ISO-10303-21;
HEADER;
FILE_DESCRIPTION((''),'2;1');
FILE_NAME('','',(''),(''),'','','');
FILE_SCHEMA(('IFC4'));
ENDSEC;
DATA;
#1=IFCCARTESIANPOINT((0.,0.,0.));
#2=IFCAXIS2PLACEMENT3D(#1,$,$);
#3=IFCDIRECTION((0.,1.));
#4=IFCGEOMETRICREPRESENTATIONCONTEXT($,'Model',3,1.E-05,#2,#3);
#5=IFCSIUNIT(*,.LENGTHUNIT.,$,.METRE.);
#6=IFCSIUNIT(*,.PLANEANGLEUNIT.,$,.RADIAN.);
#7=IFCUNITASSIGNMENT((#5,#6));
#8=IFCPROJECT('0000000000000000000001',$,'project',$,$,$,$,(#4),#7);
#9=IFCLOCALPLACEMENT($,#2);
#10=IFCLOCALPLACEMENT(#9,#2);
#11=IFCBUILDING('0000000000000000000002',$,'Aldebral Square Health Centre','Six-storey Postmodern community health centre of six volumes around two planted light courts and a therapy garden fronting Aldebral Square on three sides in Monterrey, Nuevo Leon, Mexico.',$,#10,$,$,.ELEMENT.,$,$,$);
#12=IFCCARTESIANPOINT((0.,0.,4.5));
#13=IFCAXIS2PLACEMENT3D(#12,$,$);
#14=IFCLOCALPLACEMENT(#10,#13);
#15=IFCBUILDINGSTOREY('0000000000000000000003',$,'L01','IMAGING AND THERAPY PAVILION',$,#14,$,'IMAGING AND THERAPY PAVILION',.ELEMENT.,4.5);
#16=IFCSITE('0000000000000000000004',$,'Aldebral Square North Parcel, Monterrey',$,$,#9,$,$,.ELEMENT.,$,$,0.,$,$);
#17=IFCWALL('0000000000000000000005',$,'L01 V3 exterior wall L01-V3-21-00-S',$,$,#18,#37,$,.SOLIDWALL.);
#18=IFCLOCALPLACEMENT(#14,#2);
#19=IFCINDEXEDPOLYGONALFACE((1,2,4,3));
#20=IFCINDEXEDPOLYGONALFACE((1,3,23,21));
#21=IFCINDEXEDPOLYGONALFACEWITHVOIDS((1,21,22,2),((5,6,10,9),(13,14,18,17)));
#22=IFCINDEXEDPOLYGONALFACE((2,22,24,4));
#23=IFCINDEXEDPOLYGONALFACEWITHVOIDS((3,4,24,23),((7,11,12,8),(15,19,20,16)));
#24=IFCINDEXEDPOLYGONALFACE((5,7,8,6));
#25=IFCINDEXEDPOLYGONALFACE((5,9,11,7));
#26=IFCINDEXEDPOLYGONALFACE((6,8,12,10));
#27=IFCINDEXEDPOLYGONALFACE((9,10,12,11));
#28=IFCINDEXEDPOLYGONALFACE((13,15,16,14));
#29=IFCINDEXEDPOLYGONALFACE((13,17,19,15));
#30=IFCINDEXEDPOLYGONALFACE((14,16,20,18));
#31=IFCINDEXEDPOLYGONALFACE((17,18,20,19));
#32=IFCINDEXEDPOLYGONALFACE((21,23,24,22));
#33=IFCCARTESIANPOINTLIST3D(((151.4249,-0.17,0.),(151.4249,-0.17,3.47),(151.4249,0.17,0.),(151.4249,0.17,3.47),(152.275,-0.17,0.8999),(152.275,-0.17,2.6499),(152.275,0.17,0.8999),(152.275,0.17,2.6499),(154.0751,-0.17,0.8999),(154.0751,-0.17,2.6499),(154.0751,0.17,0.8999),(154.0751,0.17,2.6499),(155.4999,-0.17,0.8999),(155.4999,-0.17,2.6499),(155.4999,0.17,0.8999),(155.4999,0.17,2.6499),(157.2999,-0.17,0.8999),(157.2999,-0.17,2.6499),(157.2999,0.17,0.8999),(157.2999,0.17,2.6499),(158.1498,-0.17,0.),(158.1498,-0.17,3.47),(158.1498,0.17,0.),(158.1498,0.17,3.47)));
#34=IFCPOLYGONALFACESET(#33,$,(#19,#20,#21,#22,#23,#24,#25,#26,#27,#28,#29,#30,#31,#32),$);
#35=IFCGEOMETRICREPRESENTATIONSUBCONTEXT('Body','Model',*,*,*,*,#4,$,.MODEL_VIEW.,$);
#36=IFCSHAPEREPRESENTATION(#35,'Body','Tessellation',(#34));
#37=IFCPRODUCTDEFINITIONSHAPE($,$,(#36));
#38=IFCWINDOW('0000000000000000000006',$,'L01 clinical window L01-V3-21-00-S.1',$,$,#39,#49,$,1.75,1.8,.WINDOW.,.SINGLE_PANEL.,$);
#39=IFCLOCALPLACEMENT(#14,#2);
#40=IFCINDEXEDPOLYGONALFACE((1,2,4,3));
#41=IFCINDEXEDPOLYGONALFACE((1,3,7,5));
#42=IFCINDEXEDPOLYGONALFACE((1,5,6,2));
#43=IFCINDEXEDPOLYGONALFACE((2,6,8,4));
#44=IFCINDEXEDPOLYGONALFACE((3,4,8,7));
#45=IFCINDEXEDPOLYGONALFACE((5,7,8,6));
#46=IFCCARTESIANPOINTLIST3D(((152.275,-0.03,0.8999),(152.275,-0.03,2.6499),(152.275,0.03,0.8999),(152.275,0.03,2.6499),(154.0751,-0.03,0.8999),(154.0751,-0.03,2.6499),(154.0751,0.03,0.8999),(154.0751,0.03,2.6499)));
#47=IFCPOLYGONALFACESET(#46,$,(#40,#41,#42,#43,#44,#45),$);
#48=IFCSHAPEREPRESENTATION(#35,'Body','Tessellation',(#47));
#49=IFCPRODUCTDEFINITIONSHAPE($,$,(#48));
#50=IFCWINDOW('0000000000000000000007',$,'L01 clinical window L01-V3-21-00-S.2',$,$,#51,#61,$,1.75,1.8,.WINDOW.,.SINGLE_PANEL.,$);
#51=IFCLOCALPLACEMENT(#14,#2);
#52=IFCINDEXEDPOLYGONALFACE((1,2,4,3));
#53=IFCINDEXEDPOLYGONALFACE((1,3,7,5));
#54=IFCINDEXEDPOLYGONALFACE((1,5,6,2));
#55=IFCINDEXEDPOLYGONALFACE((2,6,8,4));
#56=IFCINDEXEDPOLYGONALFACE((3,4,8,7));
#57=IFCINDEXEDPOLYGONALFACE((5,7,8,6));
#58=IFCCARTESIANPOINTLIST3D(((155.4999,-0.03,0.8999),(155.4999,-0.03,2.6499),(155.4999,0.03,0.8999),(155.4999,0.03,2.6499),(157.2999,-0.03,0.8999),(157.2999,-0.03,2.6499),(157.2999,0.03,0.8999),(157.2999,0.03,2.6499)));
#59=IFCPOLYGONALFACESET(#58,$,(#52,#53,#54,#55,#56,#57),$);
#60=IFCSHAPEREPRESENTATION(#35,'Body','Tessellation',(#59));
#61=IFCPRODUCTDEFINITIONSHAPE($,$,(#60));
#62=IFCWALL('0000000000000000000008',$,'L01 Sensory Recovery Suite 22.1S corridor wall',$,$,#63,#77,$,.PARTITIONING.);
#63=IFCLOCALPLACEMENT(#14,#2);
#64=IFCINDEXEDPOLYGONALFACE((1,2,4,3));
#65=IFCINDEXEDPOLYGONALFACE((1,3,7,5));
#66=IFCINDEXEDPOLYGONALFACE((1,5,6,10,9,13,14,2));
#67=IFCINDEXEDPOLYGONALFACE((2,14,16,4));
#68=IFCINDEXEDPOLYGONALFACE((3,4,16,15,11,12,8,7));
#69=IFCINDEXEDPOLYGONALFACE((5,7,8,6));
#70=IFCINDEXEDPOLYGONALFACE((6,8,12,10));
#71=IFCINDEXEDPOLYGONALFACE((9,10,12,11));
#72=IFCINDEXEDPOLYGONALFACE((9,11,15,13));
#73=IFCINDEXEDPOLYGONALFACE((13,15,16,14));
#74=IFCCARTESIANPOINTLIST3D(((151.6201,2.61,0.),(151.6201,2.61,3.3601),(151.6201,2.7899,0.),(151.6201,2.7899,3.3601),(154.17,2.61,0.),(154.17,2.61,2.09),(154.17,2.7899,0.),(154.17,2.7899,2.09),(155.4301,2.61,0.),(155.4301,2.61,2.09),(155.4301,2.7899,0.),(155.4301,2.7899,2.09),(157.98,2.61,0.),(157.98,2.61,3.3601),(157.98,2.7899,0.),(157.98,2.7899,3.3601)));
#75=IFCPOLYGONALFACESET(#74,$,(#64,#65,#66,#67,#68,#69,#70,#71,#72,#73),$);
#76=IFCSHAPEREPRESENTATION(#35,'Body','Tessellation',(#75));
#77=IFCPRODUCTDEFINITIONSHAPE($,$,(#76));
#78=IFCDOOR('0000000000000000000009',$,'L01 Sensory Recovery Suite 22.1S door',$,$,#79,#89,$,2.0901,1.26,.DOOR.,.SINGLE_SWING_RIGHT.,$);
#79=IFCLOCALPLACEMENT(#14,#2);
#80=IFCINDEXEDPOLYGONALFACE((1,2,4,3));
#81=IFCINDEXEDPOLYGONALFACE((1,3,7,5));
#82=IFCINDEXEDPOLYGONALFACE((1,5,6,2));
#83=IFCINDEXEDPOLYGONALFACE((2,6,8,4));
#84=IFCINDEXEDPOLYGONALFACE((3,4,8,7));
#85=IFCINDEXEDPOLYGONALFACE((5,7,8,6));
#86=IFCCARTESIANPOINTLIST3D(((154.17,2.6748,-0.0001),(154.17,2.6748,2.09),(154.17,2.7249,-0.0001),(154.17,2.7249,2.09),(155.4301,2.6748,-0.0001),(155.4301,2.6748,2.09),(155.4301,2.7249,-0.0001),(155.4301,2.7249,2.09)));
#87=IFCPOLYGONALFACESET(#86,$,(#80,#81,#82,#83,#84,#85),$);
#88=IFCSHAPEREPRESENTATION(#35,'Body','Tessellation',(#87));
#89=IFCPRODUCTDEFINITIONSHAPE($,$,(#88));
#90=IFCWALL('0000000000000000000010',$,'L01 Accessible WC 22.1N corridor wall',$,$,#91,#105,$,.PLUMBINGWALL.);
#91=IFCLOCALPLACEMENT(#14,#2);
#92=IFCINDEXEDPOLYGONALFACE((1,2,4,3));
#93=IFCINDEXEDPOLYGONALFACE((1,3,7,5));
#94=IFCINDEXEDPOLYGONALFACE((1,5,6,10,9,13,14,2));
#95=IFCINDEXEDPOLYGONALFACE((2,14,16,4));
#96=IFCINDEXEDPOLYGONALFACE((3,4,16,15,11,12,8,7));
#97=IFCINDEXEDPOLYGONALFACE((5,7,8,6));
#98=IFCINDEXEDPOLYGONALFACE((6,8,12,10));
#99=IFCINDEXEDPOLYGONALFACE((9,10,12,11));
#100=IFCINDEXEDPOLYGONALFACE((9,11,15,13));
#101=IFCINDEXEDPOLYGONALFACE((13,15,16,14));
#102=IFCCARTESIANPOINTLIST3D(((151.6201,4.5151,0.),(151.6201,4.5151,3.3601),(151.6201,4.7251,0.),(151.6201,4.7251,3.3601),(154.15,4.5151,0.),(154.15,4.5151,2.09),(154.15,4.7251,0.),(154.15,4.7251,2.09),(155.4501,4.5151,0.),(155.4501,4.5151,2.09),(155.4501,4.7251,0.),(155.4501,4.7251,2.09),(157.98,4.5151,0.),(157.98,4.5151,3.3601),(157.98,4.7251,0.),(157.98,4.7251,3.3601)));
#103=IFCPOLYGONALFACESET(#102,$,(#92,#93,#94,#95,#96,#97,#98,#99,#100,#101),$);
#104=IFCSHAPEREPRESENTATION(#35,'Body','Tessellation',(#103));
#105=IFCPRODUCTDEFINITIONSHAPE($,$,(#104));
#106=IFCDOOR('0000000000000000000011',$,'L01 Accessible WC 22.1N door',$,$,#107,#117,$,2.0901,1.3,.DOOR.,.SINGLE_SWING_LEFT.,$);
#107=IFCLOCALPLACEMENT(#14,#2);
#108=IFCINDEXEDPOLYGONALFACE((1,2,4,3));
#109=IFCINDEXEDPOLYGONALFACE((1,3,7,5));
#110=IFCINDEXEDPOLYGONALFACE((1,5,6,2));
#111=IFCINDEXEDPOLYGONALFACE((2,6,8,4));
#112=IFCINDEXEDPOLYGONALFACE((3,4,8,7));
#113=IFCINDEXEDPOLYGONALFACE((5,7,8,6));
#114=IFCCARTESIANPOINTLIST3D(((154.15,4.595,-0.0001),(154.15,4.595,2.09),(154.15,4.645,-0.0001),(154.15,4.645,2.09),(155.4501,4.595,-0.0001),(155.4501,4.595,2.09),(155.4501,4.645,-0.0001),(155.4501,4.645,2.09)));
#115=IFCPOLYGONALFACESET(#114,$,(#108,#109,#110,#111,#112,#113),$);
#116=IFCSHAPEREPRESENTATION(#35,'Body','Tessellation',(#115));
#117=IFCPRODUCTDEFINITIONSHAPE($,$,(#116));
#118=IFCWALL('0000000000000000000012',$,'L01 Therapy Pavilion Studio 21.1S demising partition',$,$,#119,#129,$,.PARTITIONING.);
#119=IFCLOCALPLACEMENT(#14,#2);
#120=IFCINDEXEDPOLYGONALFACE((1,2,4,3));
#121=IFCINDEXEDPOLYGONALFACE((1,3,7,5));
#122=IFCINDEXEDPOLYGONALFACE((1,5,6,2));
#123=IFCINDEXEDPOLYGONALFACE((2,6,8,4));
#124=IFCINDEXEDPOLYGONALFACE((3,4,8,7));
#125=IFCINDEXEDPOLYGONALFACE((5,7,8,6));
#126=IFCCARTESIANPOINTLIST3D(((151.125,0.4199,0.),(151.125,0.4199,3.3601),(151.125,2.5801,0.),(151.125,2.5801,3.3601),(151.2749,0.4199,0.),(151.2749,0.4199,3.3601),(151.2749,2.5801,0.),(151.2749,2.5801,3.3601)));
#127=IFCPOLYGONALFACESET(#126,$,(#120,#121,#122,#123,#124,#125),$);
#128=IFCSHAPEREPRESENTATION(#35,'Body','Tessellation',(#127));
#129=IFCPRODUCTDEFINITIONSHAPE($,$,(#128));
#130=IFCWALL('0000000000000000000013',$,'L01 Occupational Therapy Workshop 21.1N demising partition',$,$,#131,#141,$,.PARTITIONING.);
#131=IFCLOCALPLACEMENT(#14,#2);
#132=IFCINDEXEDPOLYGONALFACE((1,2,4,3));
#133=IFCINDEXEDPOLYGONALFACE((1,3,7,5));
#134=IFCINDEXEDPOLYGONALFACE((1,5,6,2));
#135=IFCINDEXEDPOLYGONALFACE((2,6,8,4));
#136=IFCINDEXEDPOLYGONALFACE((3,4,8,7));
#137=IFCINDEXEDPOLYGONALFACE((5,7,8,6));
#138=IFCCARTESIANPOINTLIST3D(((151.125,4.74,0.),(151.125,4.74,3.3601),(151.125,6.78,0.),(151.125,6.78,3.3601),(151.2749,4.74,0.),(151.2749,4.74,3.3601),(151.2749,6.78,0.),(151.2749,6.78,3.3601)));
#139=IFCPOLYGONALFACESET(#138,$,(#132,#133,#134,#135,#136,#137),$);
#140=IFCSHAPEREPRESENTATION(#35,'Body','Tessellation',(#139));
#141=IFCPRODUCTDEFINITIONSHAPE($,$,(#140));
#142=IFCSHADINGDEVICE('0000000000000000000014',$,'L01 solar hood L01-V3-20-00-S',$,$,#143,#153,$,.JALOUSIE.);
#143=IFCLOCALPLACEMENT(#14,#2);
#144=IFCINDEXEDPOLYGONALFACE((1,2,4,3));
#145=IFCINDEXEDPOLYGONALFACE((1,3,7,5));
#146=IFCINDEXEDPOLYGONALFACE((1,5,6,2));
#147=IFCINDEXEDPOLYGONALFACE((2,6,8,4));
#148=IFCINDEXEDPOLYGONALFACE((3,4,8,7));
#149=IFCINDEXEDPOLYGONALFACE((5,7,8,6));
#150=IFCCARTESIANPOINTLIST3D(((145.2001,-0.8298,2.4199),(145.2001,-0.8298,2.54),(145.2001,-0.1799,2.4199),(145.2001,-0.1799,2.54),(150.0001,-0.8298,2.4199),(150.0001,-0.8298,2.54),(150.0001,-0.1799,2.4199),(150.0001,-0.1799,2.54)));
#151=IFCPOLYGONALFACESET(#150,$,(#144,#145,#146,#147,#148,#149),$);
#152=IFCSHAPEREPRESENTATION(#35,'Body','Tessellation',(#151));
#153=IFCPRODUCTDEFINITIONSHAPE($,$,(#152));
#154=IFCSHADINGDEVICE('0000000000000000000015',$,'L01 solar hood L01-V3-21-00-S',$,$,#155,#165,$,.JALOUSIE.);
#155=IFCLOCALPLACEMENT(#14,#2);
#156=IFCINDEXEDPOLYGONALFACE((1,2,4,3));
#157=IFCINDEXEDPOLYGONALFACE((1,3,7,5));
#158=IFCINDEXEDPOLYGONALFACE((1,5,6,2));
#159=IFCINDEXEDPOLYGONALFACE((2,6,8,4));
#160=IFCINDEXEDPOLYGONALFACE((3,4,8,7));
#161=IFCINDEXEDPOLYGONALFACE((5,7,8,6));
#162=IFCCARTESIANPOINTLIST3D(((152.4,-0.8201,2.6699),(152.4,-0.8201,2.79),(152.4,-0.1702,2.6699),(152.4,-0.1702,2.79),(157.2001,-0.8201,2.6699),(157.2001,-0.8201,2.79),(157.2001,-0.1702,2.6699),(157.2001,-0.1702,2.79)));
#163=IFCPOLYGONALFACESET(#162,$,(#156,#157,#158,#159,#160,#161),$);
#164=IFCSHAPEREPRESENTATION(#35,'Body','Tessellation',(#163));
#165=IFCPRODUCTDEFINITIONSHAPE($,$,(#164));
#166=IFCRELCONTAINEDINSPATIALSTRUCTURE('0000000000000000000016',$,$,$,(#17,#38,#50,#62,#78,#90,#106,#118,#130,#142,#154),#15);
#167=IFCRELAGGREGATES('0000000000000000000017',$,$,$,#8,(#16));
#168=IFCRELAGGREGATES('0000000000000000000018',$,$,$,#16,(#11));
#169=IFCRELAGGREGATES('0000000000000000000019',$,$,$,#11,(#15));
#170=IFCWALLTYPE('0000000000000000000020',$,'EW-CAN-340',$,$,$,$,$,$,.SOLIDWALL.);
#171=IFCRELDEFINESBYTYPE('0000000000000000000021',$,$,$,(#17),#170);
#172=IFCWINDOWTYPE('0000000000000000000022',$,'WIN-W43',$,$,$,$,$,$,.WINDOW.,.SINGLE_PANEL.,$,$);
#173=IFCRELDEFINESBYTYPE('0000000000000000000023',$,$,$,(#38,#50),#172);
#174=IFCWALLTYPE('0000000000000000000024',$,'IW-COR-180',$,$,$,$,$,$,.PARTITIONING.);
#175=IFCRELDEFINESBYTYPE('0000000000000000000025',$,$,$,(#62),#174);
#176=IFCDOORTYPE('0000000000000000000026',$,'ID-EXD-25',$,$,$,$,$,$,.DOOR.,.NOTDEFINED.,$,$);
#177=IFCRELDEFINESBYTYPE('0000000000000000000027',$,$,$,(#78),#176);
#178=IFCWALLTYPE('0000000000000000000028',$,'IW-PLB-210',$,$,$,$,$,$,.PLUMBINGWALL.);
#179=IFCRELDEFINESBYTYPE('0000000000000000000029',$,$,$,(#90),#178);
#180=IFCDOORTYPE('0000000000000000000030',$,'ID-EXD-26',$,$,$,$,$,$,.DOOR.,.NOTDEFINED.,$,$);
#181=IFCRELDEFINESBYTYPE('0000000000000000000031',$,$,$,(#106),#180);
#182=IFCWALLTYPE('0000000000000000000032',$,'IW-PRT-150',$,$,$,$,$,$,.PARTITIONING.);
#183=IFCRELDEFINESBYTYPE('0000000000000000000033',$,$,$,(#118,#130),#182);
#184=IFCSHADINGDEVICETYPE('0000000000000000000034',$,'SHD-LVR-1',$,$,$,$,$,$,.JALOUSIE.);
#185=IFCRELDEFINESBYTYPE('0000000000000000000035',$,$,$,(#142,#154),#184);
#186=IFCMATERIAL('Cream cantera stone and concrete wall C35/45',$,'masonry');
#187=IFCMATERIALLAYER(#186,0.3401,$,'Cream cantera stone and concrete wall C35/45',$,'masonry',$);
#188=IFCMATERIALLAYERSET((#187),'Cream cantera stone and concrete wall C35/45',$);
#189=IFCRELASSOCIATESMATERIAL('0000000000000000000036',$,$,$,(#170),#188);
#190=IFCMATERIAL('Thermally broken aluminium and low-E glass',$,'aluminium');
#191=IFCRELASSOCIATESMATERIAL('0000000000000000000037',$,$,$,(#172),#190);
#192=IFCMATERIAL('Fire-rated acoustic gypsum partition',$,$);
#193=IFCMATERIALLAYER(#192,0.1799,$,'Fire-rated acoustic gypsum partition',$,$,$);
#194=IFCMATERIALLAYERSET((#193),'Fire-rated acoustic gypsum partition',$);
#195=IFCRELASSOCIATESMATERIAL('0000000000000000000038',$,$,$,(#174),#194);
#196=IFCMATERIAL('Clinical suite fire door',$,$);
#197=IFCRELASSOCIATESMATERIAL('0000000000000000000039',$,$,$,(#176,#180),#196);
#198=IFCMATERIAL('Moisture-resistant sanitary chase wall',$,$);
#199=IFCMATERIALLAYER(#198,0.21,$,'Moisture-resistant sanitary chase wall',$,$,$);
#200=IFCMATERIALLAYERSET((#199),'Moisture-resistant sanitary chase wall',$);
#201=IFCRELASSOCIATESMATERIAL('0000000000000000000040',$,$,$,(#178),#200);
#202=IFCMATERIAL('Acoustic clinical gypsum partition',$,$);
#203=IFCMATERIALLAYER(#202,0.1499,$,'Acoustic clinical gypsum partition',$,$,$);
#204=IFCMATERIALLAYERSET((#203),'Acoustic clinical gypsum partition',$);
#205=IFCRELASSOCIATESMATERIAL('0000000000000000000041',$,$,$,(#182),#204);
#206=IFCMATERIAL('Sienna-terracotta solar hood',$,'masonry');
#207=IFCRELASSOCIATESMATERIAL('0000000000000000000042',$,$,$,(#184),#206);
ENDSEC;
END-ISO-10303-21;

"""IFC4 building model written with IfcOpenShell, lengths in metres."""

from ifc_helpers import new_model, si_unit, direction, frame, frame_2d, origin, origin_2d, place, context, subcontext, project, spatial, rectangle, extrude, material, layer, layer_set, type_object, element, fill, save


model = new_model("IFC4")

# Units and contexts
model_context = context("Model", 3, precision=1e-05, world=origin(), true_north=direction((0.0, 1.0)))
body_context = subcontext(model_context, "Body", "Model", "MODEL_VIEW")
ifc_project = project(units=[si_unit("LENGTHUNIT", "METRE"), si_unit("PLANEANGLEUNIT", "RADIAN")], contexts=[model_context])

# Site, building, storey
site_placement = place(None, origin())
site = spatial("IfcSite", under=ifc_project, at=site_placement, Name="Aldebral Square North Parcel, Monterrey", CompositionType="ELEMENT", RefElevation=0.0)
building_placement = place(site_placement, origin())
building = spatial("IfcBuilding", under=site, at=building_placement, Name="Aldebral Square Health Centre", Description="Six-storey Postmodern community health centre of six volumes around two planted light courts and a therapy garden fronting Aldebral Square on three sides in Monterrey, Nuevo Leon, Mexico.", CompositionType="ELEMENT")
storey_placement = place(building_placement, frame((0.0, 0.0, 4.5)))
storey = spatial("IfcBuildingStorey", under=building, at=storey_placement, Name="L01", Description="IMAGING AND THERAPY PAVILION", LongName="IMAGING AND THERAPY PAVILION", CompositionType="ELEMENT", Elevation=4.5)

# Wall, openings, windows
ifc_material_1 = material(Name="Cream cantera stone and concrete wall C35/45", Category="masonry")
ifc_layer_1 = layer(ifc_material_1, 0.3401, Name="Cream cantera stone and concrete wall C35/45", Category="masonry")
ifc_layer_set_1 = layer_set([ifc_layer_1], Name="Cream cantera stone and concrete wall C35/45")
wall_type_1 = type_object("IfcWallType", Name="EW-CAN-340", PredefinedType="SOLIDWALL", material=ifc_layer_set_1)
wall_1_placement = place(storey_placement, frame((151.425, 0.0, 0.0), z_axis=(0.0, 0.0, 1.0), x_axis=(1.0, 0.0, 0.0)))
wall_1 = element("IfcWall", 1, at=wall_1_placement, inside=storey, type_object=wall_type_1, Name="L01 V3 exterior wall L01-V3-21-00-S", PredefinedType="SOLIDWALL", context=body_context, shape_type="SweptSolid", body=[
    extrude(rectangle(XDim=6.7249, YDim=0.3401, at=frame_2d((3.3623, 0.0))), origin(), (0.0, 0.0, 1.0), 3.47),
])
opening_1_placement = place(wall_1_placement, frame((0.8501, 0.0, 0.8999)))
opening_1 = element("IfcOpeningElement", 2, at=opening_1_placement, cuts=wall_1, PredefinedType="OPENING", context=body_context, shape_type="SweptSolid", body=[
    extrude(rectangle(XDim=1.8, YDim=1.75, at=frame_2d((0.8999, 0.875))), frame((0.0, 0.1802, 0.0), z_axis=(0.0, -1.0, 0.0), x_axis=(1.0, 0.0, 0.0)), (0.0, 0.0, 1.0), 0.3601),
])
opening_2_placement = place(wall_1_placement, frame((4.075, 0.0, 0.8999)))
opening_2 = element("IfcOpeningElement", 3, at=opening_2_placement, cuts=wall_1, PredefinedType="OPENING", context=body_context, shape_type="SweptSolid", body=[
    extrude(rectangle(XDim=1.8, YDim=1.75, at=frame_2d((0.8999, 0.875))), frame((0.0, 0.1802, 0.0), z_axis=(0.0, -1.0, 0.0), x_axis=(1.0, 0.0, 0.0)), (0.0, 0.0, 1.0), 0.3601),
])
ifc_material_2 = material(Name="Thermally broken aluminium and low-E glass", Category="aluminium")
window_type = type_object("IfcWindowType", Name="WIN-W43", PartitioningType="SINGLE_PANEL", PredefinedType="WINDOW", material=ifc_material_2)
window_1_placement = place(opening_1_placement, origin())
window_1 = element("IfcWindow", 4, at=window_1_placement, inside=storey, type_object=window_type, Name="L01 clinical window L01-V3-21-00-S.1", OverallHeight=1.75, OverallWidth=1.8, PartitioningType="SINGLE_PANEL", PredefinedType="WINDOW", context=body_context, shape_type="SweptSolid", body=[
    extrude(rectangle(XDim=1.8, YDim=1.75, at=frame_2d((0.8999, 0.875))), frame((0.0, 0.03, 0.0), z_axis=(0.0, -1.0, 0.0), x_axis=(1.0, 0.0, 0.0)), (0.0, 0.0, 1.0), 0.0601),
])
fill(opening_1, window_1)
window_2_placement = place(opening_2_placement, origin())
window_2 = element("IfcWindow", 5, at=window_2_placement, inside=storey, type_object=window_type, Name="L01 clinical window L01-V3-21-00-S.2", OverallHeight=1.75, OverallWidth=1.8, PartitioningType="SINGLE_PANEL", PredefinedType="WINDOW", context=body_context, shape_type="SweptSolid", body=[
    extrude(rectangle(XDim=1.8, YDim=1.75, at=frame_2d((0.8999, 0.875))), frame((0.0, 0.03, 0.0), z_axis=(0.0, -1.0, 0.0), x_axis=(1.0, 0.0, 0.0)), (0.0, 0.0, 1.0), 0.0601),
])
fill(opening_2, window_2)

# Walls, openings, doors
ifc_material_3 = material(Name="Fire-rated acoustic gypsum partition")
ifc_layer_2 = layer(ifc_material_3, 0.1799, Name="Fire-rated acoustic gypsum partition")
ifc_layer_set_2 = layer_set([ifc_layer_2], Name="Fire-rated acoustic gypsum partition")
wall_type_2 = type_object("IfcWallType", Name="IW-COR-180", PredefinedType="PARTITIONING", material=ifc_layer_set_2)
wall_2_placement = place(storey_placement, frame((151.6201, 2.7, 0.0), z_axis=(0.0, 0.0, 1.0), x_axis=(1.0, 0.0, 0.0)))
wall_2 = element("IfcWall", 6, at=wall_2_placement, inside=storey, type_object=wall_type_2, Name="L01 Sensory Recovery Suite 22.1S corridor wall", PredefinedType="PARTITIONING", context=body_context, shape_type="SweptSolid", body=[
    extrude(rectangle(XDim=6.3599, YDim=0.1799, at=frame_2d((3.1799, 0.0))), origin(), (0.0, 0.0, 1.0), 3.3601),
])
opening_3_placement = place(wall_2_placement, frame((2.55, 0.0, 0.0)))
opening_3 = element("IfcOpeningElement", 7, at=opening_3_placement, cuts=wall_2, PredefinedType="OPENING", context=body_context, shape_type="SweptSolid", body=[
    extrude(rectangle(XDim=1.26, YDim=2.0901, at=frame_2d((0.6299, 1.0449))), frame((0.0, 0.1001, 0.0), z_axis=(0.0, -1.0, 0.0), x_axis=(1.0, 0.0, 0.0)), (0.0, 0.0, 1.0), 0.2),
])
ifc_material_4 = material(Name="Clinical suite fire door")
door_type_1 = type_object("IfcDoorType", Name="ID-EXD-25", OperationType="NOTDEFINED", PredefinedType="DOOR", material=ifc_material_4)
door_1_placement = place(opening_3_placement, origin())
door_1 = element("IfcDoor", 8, at=door_1_placement, inside=storey, type_object=door_type_1, Name="L01 Sensory Recovery Suite 22.1S door", OperationType="SINGLE_SWING_RIGHT", OverallHeight=2.0901, OverallWidth=1.26, PredefinedType="DOOR", context=body_context, shape_type="SweptSolid", body=[
    extrude(rectangle(XDim=1.26, YDim=2.0901, at=frame_2d((0.6299, 1.0449))), frame((0.0, 0.0249, 0.0), z_axis=(0.0, -1.0, 0.0), x_axis=(1.0, 0.0, 0.0)), (0.0, 0.0, 1.0), 0.05),
])
fill(opening_3, door_1)
ifc_material_5 = material(Name="Moisture-resistant sanitary chase wall")
ifc_layer_3 = layer(ifc_material_5, 0.21, Name="Moisture-resistant sanitary chase wall")
ifc_layer_set_3 = layer_set([ifc_layer_3], Name="Moisture-resistant sanitary chase wall")
wall_type_3 = type_object("IfcWallType", Name="IW-PLB-210", PredefinedType="PLUMBINGWALL", material=ifc_layer_set_3)
wall_3_placement = place(storey_placement, frame((151.6201, 4.6201, 0.0), z_axis=(0.0, 0.0, 1.0), x_axis=(1.0, 0.0, 0.0)))
wall_3 = element("IfcWall", 9, at=wall_3_placement, inside=storey, type_object=wall_type_3, Name="L01 Accessible WC 22.1N corridor wall", PredefinedType="PLUMBINGWALL", context=body_context, shape_type="SweptSolid", body=[
    extrude(rectangle(XDim=6.3599, YDim=0.21, at=frame_2d((3.1799, 0.0))), origin(), (0.0, 0.0, 1.0), 3.3601),
])
opening_4_placement = place(wall_3_placement, frame((2.53, 0.0, 0.0)))
opening_4 = element("IfcOpeningElement", 10, at=opening_4_placement, cuts=wall_3, PredefinedType="OPENING", context=body_context, shape_type="SweptSolid", body=[
    extrude(rectangle(XDim=1.3, YDim=2.0901, at=frame_2d((0.6499, 1.0449))), frame((0.0, 0.115, 0.0), z_axis=(0.0, -1.0, 0.0), x_axis=(1.0, 0.0, 0.0)), (0.0, 0.0, 1.0), 0.23),
])
door_type_2 = type_object("IfcDoorType", Name="ID-EXD-26", OperationType="NOTDEFINED", PredefinedType="DOOR", material=ifc_material_4)
door_2_placement = place(opening_4_placement, origin())
door_2 = element("IfcDoor", 11, at=door_2_placement, inside=storey, type_object=door_type_2, Name="L01 Accessible WC 22.1N door", OperationType="SINGLE_SWING_LEFT", OverallHeight=2.0901, OverallWidth=1.3, PredefinedType="DOOR", context=body_context, shape_type="SweptSolid", body=[
    extrude(rectangle(XDim=1.3, YDim=2.0901, at=frame_2d((0.6499, 1.0449))), frame((0.0, 0.0249, 0.0), z_axis=(0.0, -1.0, 0.0), x_axis=(1.0, 0.0, 0.0)), (0.0, 0.0, 1.0), 0.05),
])
fill(opening_4, door_2)

# Walls
ifc_material_6 = material(Name="Acoustic clinical gypsum partition")
ifc_layer_4 = layer(ifc_material_6, 0.1499, Name="Acoustic clinical gypsum partition")
ifc_layer_set_4 = layer_set([ifc_layer_4], Name="Acoustic clinical gypsum partition")
wall_type_4 = type_object("IfcWallType", Name="IW-PRT-150", PredefinedType="PARTITIONING", material=ifc_layer_set_4)
wall_4_placement = place(storey_placement, frame((151.2, 0.4199, 0.0), z_axis=(0.0, 0.0, 1.0), x_axis=(0.0, 1.0, 0.0)))
element("IfcWall", 12, at=wall_4_placement, inside=storey, type_object=wall_type_4, Name="L01 Therapy Pavilion Studio 21.1S demising partition", PredefinedType="PARTITIONING", context=body_context, shape_type="SweptSolid", body=[
    extrude(rectangle(XDim=2.1602, YDim=0.1499, at=frame_2d((1.0801, 0.0))), origin(), (0.0, 0.0, 1.0), 3.3601),
])
wall_5_placement = place(storey_placement, frame((151.2, 4.74, 0.0), z_axis=(0.0, 0.0, 1.0), x_axis=(0.0, 1.0, 0.0)))
element("IfcWall", 13, at=wall_5_placement, inside=storey, type_object=wall_type_4, Name="L01 Occupational Therapy Workshop 21.1N demising partition", PredefinedType="PARTITIONING", context=body_context, shape_type="SweptSolid", body=[
    extrude(rectangle(XDim=2.04, YDim=0.1499, at=frame_2d((1.02, 0.0))), origin(), (0.0, 0.0, 1.0), 3.3601),
])

# Shading devices
ifc_material_7 = material(Name="Sienna-terracotta solar hood", Category="masonry")
shading_device_type = type_object("IfcShadingDeviceType", Name="SHD-LVR-1", PredefinedType="JALOUSIE", material=ifc_material_7)
for number, where, z_axis, x_axis, name in (
    (14, (147.6001, -0.5049, 2.4199), (0.0, 0.0, 1.0), (1.0, 0.0, 0.0), "L01 solar hood L01-V3-20-00-S"),
    (15, (154.8, -0.4951, 2.6699), (0.0, 0.0, 1.0), (1.0, 0.0, 0.0), "L01 solar hood L01-V3-21-00-S"),
):
    element("IfcShadingDevice", number, at=place(storey_placement, frame(where, z_axis=z_axis, x_axis=x_axis)), inside=storey, type_object=shading_device_type, Name=name, PredefinedType="JALOUSIE", context=body_context, shape_type="SweptSolid", body=[
        extrude(rectangle(XDim=4.8, YDim=0.6499, at=origin_2d()), origin(), (0.0, 0.0, 1.0), 0.1201),
    ])

save(model, "model.ifc")
